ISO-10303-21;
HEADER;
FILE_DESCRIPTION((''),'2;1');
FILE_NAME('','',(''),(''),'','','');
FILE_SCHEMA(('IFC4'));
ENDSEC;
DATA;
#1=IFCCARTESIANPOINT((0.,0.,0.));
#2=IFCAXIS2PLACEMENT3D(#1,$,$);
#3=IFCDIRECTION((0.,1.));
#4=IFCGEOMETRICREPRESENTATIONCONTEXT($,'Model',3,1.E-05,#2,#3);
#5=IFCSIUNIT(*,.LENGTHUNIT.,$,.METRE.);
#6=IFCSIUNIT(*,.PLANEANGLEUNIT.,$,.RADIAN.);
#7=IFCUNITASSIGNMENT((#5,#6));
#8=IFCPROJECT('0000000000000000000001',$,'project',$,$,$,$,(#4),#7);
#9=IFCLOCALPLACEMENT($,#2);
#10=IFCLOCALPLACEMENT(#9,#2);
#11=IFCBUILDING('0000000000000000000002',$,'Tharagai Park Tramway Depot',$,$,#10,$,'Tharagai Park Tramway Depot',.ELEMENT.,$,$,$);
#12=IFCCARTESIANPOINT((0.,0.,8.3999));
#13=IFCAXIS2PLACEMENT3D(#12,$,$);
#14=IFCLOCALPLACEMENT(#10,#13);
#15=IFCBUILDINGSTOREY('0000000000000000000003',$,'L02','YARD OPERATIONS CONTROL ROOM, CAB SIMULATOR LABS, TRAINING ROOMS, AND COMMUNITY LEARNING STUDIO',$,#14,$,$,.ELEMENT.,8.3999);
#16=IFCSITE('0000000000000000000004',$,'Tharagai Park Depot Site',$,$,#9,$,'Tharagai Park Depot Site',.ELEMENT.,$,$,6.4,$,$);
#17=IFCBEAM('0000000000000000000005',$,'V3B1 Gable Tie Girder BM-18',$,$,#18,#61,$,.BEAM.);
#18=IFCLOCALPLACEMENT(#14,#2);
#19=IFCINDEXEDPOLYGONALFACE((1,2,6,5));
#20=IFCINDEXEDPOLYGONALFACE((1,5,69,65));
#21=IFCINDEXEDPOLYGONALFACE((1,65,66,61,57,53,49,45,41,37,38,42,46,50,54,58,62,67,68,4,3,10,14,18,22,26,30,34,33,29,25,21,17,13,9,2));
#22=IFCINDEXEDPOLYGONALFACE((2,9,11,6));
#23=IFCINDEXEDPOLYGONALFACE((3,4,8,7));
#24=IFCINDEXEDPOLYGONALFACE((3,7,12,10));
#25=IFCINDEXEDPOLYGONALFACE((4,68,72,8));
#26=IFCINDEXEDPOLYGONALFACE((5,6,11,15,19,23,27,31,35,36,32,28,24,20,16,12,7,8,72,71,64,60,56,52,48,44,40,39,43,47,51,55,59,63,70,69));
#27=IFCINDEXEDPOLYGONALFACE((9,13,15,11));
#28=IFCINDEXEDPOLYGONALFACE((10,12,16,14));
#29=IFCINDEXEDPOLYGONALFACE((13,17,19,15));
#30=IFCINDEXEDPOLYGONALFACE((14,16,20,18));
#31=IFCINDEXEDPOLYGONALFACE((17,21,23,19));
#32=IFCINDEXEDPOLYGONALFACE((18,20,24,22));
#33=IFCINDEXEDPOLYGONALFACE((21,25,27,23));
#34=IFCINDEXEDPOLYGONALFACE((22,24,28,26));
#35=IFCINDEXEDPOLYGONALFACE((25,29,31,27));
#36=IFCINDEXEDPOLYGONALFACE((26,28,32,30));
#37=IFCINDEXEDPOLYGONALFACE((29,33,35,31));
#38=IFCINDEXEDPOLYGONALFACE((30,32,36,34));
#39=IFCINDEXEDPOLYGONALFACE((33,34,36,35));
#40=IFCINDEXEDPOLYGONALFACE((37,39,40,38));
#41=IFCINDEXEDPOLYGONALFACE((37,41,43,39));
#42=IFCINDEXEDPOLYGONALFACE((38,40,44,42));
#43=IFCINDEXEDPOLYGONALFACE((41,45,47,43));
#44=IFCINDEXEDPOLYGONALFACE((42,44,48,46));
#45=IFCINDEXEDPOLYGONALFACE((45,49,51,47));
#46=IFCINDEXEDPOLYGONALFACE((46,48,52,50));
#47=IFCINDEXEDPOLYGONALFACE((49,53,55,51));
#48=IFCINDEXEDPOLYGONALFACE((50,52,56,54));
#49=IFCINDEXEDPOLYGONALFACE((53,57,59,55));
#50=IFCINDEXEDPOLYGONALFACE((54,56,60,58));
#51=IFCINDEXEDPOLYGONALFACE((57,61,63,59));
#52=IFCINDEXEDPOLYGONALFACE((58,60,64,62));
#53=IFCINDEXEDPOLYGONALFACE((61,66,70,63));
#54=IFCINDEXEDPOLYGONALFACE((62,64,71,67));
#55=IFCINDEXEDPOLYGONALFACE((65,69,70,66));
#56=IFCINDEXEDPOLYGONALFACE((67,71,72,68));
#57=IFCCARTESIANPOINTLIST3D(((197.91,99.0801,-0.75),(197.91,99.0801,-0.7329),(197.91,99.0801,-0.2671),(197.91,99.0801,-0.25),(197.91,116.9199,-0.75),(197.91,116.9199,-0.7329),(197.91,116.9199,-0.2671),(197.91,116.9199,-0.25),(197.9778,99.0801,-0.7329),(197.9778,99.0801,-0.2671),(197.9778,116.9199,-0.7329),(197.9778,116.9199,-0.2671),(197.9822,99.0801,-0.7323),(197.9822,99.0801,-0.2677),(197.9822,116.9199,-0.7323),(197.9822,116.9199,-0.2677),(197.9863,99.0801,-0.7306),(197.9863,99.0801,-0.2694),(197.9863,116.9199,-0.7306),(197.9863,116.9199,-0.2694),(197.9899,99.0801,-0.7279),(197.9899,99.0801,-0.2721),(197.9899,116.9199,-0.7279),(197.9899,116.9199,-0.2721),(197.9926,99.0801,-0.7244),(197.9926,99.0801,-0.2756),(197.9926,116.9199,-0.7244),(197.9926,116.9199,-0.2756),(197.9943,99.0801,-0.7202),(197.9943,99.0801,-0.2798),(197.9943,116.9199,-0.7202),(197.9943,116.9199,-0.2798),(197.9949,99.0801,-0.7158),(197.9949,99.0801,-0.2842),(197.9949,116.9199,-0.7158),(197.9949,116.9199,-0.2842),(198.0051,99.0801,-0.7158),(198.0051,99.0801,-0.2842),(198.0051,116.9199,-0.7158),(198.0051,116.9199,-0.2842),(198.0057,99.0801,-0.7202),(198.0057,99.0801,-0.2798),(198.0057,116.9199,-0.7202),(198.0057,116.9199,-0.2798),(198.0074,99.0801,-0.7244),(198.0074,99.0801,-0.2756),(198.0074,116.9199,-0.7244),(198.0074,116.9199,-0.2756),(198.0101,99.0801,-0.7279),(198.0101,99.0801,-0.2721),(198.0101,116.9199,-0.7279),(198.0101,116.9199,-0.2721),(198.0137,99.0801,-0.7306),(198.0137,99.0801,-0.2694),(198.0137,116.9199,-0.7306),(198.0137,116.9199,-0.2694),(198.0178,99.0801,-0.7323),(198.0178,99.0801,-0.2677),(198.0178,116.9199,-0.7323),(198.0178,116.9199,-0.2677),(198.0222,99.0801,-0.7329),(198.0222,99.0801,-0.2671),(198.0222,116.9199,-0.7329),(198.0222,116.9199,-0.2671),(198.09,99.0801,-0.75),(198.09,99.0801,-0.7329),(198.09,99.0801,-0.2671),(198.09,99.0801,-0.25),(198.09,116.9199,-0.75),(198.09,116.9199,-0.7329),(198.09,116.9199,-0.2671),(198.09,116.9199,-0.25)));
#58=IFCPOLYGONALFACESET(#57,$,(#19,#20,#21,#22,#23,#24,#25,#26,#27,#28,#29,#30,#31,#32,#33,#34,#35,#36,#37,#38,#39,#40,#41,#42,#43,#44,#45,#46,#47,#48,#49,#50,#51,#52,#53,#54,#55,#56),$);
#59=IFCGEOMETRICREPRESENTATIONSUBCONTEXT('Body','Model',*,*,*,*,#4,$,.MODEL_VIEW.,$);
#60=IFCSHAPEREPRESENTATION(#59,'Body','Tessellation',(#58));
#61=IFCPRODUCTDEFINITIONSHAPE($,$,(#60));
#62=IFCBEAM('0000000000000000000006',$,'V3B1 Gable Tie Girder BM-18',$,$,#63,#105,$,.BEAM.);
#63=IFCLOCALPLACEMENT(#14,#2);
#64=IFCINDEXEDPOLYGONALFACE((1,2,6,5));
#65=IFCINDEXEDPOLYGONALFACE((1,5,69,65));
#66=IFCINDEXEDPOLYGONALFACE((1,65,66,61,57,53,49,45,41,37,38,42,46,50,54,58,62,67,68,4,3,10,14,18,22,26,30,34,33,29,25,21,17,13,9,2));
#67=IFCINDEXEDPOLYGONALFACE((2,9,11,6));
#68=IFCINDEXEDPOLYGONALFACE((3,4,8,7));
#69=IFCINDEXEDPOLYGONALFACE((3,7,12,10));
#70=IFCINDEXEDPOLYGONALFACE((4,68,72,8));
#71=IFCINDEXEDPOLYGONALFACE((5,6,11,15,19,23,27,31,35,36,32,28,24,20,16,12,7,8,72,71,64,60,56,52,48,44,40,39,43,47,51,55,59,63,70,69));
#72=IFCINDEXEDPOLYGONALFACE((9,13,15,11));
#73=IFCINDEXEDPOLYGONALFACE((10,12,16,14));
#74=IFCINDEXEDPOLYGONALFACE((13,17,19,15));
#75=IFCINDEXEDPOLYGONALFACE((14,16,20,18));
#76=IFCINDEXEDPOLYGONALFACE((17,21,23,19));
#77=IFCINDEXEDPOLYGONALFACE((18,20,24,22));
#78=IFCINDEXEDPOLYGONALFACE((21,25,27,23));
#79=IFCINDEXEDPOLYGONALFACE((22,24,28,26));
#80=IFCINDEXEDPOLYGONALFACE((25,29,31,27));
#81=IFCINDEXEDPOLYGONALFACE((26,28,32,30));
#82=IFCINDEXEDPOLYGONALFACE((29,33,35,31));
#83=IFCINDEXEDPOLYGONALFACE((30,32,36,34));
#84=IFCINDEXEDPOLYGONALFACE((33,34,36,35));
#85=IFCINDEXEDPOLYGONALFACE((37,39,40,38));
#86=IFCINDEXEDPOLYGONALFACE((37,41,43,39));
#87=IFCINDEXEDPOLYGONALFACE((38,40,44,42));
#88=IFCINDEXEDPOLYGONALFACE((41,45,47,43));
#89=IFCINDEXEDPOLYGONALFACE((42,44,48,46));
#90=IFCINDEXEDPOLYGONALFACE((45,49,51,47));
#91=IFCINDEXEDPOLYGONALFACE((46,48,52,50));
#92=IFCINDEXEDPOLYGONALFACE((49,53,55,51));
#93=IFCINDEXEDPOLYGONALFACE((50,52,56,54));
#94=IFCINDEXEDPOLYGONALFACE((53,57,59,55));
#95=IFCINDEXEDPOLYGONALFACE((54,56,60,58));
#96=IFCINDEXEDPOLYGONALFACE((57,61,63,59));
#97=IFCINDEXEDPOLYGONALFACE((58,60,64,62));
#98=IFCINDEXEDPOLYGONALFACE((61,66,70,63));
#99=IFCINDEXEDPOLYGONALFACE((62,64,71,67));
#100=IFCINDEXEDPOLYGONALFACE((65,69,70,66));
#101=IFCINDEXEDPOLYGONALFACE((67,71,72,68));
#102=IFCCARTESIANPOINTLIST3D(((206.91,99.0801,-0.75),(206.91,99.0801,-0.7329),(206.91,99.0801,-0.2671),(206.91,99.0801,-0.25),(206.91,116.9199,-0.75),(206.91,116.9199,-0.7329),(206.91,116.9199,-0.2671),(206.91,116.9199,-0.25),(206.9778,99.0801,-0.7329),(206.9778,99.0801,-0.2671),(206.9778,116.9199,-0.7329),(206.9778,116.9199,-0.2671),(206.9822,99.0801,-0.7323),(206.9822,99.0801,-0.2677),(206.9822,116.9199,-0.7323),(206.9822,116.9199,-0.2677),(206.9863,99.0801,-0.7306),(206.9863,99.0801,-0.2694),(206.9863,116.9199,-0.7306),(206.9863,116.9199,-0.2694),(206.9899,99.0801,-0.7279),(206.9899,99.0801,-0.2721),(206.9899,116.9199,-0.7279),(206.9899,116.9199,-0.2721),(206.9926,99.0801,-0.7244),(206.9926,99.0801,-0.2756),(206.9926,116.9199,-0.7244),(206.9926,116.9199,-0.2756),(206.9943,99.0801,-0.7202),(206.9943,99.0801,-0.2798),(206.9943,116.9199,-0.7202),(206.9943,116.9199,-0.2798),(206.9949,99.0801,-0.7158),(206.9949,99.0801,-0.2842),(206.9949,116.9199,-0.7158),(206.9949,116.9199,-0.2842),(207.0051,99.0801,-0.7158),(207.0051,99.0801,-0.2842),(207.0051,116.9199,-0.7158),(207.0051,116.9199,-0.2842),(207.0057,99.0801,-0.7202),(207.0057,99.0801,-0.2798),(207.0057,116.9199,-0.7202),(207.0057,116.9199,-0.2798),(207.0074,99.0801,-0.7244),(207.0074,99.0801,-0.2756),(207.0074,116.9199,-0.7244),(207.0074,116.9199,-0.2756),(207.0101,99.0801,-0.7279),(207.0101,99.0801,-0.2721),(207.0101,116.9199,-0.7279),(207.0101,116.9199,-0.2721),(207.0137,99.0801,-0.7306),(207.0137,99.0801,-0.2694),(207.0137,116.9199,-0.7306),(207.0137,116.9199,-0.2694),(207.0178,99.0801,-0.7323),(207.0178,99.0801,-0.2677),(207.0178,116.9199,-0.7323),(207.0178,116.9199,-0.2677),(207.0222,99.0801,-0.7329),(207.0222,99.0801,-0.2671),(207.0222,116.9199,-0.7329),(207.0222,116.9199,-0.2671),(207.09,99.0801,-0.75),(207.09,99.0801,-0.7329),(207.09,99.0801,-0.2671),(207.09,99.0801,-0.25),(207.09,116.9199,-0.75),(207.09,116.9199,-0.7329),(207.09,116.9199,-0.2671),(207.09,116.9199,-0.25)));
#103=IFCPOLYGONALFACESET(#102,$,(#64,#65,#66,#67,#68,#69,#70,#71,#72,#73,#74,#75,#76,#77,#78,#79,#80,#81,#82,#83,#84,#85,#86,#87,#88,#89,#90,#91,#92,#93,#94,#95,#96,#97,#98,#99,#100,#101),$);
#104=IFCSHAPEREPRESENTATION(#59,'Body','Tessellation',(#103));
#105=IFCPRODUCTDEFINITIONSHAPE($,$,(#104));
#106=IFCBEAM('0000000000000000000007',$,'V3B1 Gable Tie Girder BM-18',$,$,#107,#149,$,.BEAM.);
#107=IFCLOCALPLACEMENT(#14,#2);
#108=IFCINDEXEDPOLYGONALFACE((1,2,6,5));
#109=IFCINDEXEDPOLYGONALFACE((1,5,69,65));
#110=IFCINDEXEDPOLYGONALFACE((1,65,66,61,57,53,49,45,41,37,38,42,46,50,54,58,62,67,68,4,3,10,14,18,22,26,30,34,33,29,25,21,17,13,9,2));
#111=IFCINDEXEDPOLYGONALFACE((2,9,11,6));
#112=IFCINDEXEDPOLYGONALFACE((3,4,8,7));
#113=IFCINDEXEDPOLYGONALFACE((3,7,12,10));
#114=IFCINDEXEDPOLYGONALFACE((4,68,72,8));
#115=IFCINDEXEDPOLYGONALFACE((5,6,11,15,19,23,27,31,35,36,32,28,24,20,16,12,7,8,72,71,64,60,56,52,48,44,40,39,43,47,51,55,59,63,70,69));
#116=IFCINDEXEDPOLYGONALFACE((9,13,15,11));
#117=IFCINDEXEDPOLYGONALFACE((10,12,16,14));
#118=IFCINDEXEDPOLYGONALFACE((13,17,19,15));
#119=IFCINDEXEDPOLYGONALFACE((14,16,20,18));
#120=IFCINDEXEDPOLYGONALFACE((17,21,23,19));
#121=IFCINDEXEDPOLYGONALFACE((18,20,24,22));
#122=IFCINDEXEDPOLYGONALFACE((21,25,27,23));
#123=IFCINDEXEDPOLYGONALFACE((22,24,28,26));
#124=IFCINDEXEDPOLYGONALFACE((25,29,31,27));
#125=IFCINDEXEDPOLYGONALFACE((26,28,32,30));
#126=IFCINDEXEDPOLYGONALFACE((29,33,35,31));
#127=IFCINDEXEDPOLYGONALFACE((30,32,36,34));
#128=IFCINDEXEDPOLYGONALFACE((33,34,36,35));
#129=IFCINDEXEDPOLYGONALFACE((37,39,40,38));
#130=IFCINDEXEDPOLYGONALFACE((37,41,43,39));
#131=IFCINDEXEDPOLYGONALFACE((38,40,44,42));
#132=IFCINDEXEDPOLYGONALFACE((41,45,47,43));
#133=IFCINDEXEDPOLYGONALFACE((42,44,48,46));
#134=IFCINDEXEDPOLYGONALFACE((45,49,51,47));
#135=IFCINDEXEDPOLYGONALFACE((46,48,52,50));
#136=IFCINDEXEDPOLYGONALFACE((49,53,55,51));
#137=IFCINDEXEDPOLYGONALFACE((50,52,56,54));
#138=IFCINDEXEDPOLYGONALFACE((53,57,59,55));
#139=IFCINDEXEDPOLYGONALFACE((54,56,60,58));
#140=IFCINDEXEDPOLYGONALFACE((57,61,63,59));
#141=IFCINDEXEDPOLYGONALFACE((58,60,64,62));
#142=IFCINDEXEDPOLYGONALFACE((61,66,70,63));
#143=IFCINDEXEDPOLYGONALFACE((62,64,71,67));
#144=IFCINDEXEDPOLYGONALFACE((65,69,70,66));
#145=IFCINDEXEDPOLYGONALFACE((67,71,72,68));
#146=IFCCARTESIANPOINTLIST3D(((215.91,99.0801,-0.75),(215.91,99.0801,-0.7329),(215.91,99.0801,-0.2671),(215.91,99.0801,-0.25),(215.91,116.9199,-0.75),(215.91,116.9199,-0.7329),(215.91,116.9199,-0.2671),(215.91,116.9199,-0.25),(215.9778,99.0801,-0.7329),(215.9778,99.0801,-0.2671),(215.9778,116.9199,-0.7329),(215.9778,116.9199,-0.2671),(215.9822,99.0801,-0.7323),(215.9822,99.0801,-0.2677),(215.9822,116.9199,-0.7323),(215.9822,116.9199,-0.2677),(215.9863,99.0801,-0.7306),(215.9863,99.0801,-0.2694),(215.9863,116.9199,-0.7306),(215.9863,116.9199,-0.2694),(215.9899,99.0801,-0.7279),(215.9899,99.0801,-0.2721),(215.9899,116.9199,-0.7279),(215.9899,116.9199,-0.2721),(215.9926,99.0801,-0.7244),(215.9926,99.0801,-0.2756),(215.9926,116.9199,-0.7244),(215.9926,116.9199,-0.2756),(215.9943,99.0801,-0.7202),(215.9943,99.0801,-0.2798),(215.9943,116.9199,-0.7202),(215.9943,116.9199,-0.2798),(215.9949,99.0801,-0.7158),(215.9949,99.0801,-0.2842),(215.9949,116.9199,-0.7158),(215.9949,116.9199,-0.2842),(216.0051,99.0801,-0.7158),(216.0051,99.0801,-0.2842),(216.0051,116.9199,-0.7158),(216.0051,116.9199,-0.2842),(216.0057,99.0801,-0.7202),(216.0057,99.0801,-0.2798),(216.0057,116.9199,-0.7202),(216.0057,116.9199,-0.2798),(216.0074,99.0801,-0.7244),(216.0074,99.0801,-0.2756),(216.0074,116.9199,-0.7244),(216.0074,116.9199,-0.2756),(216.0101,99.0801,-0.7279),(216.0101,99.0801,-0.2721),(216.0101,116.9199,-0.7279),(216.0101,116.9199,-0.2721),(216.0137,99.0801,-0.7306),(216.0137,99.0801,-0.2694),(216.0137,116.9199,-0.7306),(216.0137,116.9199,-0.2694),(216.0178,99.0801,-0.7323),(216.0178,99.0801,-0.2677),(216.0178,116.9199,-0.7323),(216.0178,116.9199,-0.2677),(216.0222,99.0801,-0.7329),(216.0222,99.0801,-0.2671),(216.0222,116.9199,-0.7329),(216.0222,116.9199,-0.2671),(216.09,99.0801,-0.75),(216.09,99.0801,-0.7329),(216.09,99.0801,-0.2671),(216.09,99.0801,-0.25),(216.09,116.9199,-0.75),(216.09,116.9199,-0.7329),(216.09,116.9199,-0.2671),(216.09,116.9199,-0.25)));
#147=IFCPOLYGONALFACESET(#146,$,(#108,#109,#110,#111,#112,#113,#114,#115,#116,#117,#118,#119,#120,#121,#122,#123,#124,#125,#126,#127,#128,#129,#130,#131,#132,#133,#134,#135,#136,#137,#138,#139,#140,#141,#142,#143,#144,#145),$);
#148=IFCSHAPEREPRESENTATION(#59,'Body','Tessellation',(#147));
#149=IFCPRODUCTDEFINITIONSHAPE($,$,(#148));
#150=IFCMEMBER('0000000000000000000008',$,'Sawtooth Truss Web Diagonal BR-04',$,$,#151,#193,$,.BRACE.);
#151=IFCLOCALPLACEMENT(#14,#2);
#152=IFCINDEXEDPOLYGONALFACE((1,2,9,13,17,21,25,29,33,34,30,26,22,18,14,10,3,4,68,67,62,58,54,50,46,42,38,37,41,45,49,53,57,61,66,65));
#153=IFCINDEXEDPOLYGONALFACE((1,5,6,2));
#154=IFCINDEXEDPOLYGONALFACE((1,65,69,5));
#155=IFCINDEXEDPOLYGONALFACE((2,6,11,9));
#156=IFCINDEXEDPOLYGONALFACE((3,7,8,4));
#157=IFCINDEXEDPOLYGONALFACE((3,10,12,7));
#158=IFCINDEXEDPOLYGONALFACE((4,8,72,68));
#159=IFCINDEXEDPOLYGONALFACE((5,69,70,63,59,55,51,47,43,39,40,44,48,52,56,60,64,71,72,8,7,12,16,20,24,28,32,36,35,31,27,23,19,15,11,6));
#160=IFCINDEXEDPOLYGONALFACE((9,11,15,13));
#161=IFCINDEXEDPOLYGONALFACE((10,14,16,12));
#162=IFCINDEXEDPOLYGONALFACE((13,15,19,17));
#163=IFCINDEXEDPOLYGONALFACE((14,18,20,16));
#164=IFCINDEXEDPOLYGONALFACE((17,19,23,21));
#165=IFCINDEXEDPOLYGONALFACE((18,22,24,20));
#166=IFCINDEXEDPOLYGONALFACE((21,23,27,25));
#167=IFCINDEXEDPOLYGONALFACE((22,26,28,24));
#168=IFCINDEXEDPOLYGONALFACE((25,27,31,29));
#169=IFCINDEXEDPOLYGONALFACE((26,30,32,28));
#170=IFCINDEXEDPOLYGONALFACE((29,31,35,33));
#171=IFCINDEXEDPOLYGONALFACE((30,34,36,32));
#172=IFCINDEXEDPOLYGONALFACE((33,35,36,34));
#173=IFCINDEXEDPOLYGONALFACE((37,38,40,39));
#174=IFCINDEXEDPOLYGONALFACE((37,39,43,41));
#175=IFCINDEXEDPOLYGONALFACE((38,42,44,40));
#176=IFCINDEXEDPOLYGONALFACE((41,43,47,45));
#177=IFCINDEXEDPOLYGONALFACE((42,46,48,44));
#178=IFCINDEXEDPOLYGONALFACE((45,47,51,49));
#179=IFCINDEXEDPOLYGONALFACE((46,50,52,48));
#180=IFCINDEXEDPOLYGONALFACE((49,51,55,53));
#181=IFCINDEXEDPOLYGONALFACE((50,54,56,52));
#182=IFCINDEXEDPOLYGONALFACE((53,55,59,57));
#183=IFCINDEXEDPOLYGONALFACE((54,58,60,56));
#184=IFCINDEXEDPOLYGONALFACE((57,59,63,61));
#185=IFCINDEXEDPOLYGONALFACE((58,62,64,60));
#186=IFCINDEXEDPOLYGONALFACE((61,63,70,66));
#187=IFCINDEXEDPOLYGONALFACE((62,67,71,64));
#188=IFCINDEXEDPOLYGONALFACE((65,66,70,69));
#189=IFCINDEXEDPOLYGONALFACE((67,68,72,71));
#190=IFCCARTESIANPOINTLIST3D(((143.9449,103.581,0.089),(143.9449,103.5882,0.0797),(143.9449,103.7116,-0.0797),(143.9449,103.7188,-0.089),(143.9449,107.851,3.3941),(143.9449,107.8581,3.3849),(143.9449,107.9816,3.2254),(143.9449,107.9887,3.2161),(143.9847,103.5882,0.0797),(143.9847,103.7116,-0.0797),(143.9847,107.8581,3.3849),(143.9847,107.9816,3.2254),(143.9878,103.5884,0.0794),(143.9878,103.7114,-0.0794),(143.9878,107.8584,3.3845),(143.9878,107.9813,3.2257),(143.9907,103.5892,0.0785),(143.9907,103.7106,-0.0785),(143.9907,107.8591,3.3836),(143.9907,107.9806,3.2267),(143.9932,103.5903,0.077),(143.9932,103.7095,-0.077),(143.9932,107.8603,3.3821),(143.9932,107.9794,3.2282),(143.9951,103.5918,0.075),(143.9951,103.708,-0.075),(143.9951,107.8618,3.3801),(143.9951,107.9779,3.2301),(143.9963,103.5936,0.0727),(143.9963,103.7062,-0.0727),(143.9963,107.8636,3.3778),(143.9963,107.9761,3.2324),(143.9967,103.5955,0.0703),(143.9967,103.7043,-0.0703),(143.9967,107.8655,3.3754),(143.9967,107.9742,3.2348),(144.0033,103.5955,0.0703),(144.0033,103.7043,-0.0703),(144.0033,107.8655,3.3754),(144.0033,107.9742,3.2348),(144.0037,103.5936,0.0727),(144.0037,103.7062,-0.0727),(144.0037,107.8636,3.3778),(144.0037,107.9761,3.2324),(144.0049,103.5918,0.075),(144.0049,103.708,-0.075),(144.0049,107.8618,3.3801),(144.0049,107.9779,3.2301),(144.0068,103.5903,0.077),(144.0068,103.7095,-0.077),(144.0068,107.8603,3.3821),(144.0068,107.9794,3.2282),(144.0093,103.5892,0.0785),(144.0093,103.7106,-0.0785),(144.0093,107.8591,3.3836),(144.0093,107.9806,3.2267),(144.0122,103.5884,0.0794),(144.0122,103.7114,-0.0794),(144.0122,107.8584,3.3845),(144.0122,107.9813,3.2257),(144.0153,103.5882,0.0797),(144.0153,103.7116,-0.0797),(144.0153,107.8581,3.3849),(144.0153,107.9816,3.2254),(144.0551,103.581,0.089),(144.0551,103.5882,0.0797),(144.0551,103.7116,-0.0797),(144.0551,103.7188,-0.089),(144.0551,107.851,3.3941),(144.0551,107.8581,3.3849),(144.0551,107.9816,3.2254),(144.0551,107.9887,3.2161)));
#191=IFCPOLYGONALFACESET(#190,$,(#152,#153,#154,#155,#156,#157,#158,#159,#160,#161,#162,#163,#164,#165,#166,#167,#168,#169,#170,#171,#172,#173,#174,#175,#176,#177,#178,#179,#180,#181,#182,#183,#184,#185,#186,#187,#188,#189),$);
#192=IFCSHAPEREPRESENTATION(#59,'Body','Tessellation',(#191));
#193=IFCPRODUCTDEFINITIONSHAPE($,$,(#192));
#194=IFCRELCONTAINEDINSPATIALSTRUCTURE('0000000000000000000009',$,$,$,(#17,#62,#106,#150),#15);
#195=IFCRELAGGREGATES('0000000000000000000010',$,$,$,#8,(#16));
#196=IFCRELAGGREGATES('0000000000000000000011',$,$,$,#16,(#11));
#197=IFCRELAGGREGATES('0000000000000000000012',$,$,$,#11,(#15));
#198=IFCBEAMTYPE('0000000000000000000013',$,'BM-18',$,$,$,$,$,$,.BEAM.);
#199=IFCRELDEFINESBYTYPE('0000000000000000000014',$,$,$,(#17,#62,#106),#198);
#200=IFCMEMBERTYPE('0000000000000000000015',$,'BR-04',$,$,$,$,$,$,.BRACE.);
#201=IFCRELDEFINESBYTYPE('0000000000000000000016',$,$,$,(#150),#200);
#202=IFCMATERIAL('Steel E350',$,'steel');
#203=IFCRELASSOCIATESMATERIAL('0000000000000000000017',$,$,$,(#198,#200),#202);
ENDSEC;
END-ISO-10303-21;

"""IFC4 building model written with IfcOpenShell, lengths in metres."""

from ifc_helpers import new_model, si_unit, direction, frame, origin, origin_2d, place, context, subcontext, project, spatial, i_section, extrude, material, material_profile, profile_set, type_object, element, save


model = new_model("IFC4")

# Units and contexts
model_context = context("Model", 3, precision=1e-05, world=origin(), true_north=direction((0.0, 1.0)))
body_context = subcontext(model_context, "Body", "Model", "MODEL_VIEW")
ifc_project = project(units=[si_unit("LENGTHUNIT", "METRE"), si_unit("PLANEANGLEUNIT", "RADIAN")], contexts=[model_context])

# Site, building, storey
site_placement = place(None, origin())
site = spatial("IfcSite", under=ifc_project, at=site_placement, Name="Tharagai Park Depot Site", LongName="Tharagai Park Depot Site", CompositionType="ELEMENT", RefElevation=6.4)
building_placement = place(site_placement, origin())
building = spatial("IfcBuilding", under=site, at=building_placement, Name="Tharagai Park Tramway Depot", LongName="Tharagai Park Tramway Depot", CompositionType="ELEMENT")
storey_placement = place(building_placement, frame((0.0, 0.0, 8.3999)))
storey = spatial("IfcBuildingStorey", under=building, at=storey_placement, Name="L02", Description="YARD OPERATIONS CONTROL ROOM, CAB SIMULATOR LABS, TRAINING ROOMS, AND COMMUNITY LEARNING STUDIO", CompositionType="ELEMENT", Elevation=8.3999)

# Beams
ifc_material_1 = material(Name="Steel E350", Category="steel")
ifc_material_profile_1 = material_profile(ifc_material_1, i_section(OverallWidth=0.1799, OverallDepth=0.5, WebThickness=0.0103, FlangeThickness=0.0171, FilletRadius=0.0171, at=origin_2d()), Name="ISMB 500")
ifc_profile_set_1 = profile_set([ifc_material_profile_1], Name="Steel E350")
beam_type = type_object("IfcBeamType", Name="BM-18", PredefinedType="BEAM", material=ifc_profile_set_1)
for number, where, z_axis, x_axis, name in (
    (1, (198.0, 99.0801, -0.5), (0.0, 1.0, 0.0), (-1.0, 0.0, 0.0), "V3B1 Gable Tie Girder BM-18"),
    (2, (207.0, 99.0801, -0.5), (0.0, 1.0, 0.0), (-1.0, 0.0, 0.0), "V3B1 Gable Tie Girder BM-18"),
    (3, (216.0, 99.0801, -0.5), (0.0, 1.0, 0.0), (-1.0, 0.0, 0.0), "V3B1 Gable Tie Girder BM-18"),
):
    element("IfcBeam", number, at=place(storey_placement, frame(where, z_axis=z_axis, x_axis=x_axis)), inside=storey, type_object=beam_type, Name=name, PredefinedType="BEAM", context=body_context, shape_type="SweptSolid", body=[
        extrude(i_section(OverallWidth=0.1799, OverallDepth=0.5, WebThickness=0.0103, FlangeThickness=0.0171, FilletRadius=0.0171, at=origin_2d()), origin(), (0.0, 0.0, 1.0), 17.8398),
    ])

# Member
ifc_material_profile_2 = material_profile(ifc_material_1, i_section(OverallWidth=0.1101, OverallDepth=0.2251, WebThickness=0.0066, FlangeThickness=0.0117, FilletRadius=0.012, at=origin_2d()), Name="ISMB 225")
ifc_profile_set_2 = profile_set([ifc_material_profile_2], Name="Steel E350")
member_type_1 = type_object("IfcMemberType", Name="BR-04", PredefinedType="BRACE", material=ifc_profile_set_2)
member_1_placement = place(storey_placement, frame((144.0, 103.6499, 0.0), z_axis=(0.0, 0.790782, 0.612098), x_axis=(-1.0, 0.0, 0.0)))
element("IfcMember", 4, at=member_1_placement, inside=storey, type_object=member_type_1, Name="Sawtooth Truss Web Diagonal BR-04", PredefinedType="BRACE", context=body_context, shape_type="SweptSolid", body=[
    extrude(i_section(OverallWidth=0.1101, OverallDepth=0.2251, WebThickness=0.0066, FlangeThickness=0.0117, FilletRadius=0.012, at=origin_2d()), origin(), (0.0, 0.0, 1.0), 5.3997),
])

save(model, "model.ifc")
